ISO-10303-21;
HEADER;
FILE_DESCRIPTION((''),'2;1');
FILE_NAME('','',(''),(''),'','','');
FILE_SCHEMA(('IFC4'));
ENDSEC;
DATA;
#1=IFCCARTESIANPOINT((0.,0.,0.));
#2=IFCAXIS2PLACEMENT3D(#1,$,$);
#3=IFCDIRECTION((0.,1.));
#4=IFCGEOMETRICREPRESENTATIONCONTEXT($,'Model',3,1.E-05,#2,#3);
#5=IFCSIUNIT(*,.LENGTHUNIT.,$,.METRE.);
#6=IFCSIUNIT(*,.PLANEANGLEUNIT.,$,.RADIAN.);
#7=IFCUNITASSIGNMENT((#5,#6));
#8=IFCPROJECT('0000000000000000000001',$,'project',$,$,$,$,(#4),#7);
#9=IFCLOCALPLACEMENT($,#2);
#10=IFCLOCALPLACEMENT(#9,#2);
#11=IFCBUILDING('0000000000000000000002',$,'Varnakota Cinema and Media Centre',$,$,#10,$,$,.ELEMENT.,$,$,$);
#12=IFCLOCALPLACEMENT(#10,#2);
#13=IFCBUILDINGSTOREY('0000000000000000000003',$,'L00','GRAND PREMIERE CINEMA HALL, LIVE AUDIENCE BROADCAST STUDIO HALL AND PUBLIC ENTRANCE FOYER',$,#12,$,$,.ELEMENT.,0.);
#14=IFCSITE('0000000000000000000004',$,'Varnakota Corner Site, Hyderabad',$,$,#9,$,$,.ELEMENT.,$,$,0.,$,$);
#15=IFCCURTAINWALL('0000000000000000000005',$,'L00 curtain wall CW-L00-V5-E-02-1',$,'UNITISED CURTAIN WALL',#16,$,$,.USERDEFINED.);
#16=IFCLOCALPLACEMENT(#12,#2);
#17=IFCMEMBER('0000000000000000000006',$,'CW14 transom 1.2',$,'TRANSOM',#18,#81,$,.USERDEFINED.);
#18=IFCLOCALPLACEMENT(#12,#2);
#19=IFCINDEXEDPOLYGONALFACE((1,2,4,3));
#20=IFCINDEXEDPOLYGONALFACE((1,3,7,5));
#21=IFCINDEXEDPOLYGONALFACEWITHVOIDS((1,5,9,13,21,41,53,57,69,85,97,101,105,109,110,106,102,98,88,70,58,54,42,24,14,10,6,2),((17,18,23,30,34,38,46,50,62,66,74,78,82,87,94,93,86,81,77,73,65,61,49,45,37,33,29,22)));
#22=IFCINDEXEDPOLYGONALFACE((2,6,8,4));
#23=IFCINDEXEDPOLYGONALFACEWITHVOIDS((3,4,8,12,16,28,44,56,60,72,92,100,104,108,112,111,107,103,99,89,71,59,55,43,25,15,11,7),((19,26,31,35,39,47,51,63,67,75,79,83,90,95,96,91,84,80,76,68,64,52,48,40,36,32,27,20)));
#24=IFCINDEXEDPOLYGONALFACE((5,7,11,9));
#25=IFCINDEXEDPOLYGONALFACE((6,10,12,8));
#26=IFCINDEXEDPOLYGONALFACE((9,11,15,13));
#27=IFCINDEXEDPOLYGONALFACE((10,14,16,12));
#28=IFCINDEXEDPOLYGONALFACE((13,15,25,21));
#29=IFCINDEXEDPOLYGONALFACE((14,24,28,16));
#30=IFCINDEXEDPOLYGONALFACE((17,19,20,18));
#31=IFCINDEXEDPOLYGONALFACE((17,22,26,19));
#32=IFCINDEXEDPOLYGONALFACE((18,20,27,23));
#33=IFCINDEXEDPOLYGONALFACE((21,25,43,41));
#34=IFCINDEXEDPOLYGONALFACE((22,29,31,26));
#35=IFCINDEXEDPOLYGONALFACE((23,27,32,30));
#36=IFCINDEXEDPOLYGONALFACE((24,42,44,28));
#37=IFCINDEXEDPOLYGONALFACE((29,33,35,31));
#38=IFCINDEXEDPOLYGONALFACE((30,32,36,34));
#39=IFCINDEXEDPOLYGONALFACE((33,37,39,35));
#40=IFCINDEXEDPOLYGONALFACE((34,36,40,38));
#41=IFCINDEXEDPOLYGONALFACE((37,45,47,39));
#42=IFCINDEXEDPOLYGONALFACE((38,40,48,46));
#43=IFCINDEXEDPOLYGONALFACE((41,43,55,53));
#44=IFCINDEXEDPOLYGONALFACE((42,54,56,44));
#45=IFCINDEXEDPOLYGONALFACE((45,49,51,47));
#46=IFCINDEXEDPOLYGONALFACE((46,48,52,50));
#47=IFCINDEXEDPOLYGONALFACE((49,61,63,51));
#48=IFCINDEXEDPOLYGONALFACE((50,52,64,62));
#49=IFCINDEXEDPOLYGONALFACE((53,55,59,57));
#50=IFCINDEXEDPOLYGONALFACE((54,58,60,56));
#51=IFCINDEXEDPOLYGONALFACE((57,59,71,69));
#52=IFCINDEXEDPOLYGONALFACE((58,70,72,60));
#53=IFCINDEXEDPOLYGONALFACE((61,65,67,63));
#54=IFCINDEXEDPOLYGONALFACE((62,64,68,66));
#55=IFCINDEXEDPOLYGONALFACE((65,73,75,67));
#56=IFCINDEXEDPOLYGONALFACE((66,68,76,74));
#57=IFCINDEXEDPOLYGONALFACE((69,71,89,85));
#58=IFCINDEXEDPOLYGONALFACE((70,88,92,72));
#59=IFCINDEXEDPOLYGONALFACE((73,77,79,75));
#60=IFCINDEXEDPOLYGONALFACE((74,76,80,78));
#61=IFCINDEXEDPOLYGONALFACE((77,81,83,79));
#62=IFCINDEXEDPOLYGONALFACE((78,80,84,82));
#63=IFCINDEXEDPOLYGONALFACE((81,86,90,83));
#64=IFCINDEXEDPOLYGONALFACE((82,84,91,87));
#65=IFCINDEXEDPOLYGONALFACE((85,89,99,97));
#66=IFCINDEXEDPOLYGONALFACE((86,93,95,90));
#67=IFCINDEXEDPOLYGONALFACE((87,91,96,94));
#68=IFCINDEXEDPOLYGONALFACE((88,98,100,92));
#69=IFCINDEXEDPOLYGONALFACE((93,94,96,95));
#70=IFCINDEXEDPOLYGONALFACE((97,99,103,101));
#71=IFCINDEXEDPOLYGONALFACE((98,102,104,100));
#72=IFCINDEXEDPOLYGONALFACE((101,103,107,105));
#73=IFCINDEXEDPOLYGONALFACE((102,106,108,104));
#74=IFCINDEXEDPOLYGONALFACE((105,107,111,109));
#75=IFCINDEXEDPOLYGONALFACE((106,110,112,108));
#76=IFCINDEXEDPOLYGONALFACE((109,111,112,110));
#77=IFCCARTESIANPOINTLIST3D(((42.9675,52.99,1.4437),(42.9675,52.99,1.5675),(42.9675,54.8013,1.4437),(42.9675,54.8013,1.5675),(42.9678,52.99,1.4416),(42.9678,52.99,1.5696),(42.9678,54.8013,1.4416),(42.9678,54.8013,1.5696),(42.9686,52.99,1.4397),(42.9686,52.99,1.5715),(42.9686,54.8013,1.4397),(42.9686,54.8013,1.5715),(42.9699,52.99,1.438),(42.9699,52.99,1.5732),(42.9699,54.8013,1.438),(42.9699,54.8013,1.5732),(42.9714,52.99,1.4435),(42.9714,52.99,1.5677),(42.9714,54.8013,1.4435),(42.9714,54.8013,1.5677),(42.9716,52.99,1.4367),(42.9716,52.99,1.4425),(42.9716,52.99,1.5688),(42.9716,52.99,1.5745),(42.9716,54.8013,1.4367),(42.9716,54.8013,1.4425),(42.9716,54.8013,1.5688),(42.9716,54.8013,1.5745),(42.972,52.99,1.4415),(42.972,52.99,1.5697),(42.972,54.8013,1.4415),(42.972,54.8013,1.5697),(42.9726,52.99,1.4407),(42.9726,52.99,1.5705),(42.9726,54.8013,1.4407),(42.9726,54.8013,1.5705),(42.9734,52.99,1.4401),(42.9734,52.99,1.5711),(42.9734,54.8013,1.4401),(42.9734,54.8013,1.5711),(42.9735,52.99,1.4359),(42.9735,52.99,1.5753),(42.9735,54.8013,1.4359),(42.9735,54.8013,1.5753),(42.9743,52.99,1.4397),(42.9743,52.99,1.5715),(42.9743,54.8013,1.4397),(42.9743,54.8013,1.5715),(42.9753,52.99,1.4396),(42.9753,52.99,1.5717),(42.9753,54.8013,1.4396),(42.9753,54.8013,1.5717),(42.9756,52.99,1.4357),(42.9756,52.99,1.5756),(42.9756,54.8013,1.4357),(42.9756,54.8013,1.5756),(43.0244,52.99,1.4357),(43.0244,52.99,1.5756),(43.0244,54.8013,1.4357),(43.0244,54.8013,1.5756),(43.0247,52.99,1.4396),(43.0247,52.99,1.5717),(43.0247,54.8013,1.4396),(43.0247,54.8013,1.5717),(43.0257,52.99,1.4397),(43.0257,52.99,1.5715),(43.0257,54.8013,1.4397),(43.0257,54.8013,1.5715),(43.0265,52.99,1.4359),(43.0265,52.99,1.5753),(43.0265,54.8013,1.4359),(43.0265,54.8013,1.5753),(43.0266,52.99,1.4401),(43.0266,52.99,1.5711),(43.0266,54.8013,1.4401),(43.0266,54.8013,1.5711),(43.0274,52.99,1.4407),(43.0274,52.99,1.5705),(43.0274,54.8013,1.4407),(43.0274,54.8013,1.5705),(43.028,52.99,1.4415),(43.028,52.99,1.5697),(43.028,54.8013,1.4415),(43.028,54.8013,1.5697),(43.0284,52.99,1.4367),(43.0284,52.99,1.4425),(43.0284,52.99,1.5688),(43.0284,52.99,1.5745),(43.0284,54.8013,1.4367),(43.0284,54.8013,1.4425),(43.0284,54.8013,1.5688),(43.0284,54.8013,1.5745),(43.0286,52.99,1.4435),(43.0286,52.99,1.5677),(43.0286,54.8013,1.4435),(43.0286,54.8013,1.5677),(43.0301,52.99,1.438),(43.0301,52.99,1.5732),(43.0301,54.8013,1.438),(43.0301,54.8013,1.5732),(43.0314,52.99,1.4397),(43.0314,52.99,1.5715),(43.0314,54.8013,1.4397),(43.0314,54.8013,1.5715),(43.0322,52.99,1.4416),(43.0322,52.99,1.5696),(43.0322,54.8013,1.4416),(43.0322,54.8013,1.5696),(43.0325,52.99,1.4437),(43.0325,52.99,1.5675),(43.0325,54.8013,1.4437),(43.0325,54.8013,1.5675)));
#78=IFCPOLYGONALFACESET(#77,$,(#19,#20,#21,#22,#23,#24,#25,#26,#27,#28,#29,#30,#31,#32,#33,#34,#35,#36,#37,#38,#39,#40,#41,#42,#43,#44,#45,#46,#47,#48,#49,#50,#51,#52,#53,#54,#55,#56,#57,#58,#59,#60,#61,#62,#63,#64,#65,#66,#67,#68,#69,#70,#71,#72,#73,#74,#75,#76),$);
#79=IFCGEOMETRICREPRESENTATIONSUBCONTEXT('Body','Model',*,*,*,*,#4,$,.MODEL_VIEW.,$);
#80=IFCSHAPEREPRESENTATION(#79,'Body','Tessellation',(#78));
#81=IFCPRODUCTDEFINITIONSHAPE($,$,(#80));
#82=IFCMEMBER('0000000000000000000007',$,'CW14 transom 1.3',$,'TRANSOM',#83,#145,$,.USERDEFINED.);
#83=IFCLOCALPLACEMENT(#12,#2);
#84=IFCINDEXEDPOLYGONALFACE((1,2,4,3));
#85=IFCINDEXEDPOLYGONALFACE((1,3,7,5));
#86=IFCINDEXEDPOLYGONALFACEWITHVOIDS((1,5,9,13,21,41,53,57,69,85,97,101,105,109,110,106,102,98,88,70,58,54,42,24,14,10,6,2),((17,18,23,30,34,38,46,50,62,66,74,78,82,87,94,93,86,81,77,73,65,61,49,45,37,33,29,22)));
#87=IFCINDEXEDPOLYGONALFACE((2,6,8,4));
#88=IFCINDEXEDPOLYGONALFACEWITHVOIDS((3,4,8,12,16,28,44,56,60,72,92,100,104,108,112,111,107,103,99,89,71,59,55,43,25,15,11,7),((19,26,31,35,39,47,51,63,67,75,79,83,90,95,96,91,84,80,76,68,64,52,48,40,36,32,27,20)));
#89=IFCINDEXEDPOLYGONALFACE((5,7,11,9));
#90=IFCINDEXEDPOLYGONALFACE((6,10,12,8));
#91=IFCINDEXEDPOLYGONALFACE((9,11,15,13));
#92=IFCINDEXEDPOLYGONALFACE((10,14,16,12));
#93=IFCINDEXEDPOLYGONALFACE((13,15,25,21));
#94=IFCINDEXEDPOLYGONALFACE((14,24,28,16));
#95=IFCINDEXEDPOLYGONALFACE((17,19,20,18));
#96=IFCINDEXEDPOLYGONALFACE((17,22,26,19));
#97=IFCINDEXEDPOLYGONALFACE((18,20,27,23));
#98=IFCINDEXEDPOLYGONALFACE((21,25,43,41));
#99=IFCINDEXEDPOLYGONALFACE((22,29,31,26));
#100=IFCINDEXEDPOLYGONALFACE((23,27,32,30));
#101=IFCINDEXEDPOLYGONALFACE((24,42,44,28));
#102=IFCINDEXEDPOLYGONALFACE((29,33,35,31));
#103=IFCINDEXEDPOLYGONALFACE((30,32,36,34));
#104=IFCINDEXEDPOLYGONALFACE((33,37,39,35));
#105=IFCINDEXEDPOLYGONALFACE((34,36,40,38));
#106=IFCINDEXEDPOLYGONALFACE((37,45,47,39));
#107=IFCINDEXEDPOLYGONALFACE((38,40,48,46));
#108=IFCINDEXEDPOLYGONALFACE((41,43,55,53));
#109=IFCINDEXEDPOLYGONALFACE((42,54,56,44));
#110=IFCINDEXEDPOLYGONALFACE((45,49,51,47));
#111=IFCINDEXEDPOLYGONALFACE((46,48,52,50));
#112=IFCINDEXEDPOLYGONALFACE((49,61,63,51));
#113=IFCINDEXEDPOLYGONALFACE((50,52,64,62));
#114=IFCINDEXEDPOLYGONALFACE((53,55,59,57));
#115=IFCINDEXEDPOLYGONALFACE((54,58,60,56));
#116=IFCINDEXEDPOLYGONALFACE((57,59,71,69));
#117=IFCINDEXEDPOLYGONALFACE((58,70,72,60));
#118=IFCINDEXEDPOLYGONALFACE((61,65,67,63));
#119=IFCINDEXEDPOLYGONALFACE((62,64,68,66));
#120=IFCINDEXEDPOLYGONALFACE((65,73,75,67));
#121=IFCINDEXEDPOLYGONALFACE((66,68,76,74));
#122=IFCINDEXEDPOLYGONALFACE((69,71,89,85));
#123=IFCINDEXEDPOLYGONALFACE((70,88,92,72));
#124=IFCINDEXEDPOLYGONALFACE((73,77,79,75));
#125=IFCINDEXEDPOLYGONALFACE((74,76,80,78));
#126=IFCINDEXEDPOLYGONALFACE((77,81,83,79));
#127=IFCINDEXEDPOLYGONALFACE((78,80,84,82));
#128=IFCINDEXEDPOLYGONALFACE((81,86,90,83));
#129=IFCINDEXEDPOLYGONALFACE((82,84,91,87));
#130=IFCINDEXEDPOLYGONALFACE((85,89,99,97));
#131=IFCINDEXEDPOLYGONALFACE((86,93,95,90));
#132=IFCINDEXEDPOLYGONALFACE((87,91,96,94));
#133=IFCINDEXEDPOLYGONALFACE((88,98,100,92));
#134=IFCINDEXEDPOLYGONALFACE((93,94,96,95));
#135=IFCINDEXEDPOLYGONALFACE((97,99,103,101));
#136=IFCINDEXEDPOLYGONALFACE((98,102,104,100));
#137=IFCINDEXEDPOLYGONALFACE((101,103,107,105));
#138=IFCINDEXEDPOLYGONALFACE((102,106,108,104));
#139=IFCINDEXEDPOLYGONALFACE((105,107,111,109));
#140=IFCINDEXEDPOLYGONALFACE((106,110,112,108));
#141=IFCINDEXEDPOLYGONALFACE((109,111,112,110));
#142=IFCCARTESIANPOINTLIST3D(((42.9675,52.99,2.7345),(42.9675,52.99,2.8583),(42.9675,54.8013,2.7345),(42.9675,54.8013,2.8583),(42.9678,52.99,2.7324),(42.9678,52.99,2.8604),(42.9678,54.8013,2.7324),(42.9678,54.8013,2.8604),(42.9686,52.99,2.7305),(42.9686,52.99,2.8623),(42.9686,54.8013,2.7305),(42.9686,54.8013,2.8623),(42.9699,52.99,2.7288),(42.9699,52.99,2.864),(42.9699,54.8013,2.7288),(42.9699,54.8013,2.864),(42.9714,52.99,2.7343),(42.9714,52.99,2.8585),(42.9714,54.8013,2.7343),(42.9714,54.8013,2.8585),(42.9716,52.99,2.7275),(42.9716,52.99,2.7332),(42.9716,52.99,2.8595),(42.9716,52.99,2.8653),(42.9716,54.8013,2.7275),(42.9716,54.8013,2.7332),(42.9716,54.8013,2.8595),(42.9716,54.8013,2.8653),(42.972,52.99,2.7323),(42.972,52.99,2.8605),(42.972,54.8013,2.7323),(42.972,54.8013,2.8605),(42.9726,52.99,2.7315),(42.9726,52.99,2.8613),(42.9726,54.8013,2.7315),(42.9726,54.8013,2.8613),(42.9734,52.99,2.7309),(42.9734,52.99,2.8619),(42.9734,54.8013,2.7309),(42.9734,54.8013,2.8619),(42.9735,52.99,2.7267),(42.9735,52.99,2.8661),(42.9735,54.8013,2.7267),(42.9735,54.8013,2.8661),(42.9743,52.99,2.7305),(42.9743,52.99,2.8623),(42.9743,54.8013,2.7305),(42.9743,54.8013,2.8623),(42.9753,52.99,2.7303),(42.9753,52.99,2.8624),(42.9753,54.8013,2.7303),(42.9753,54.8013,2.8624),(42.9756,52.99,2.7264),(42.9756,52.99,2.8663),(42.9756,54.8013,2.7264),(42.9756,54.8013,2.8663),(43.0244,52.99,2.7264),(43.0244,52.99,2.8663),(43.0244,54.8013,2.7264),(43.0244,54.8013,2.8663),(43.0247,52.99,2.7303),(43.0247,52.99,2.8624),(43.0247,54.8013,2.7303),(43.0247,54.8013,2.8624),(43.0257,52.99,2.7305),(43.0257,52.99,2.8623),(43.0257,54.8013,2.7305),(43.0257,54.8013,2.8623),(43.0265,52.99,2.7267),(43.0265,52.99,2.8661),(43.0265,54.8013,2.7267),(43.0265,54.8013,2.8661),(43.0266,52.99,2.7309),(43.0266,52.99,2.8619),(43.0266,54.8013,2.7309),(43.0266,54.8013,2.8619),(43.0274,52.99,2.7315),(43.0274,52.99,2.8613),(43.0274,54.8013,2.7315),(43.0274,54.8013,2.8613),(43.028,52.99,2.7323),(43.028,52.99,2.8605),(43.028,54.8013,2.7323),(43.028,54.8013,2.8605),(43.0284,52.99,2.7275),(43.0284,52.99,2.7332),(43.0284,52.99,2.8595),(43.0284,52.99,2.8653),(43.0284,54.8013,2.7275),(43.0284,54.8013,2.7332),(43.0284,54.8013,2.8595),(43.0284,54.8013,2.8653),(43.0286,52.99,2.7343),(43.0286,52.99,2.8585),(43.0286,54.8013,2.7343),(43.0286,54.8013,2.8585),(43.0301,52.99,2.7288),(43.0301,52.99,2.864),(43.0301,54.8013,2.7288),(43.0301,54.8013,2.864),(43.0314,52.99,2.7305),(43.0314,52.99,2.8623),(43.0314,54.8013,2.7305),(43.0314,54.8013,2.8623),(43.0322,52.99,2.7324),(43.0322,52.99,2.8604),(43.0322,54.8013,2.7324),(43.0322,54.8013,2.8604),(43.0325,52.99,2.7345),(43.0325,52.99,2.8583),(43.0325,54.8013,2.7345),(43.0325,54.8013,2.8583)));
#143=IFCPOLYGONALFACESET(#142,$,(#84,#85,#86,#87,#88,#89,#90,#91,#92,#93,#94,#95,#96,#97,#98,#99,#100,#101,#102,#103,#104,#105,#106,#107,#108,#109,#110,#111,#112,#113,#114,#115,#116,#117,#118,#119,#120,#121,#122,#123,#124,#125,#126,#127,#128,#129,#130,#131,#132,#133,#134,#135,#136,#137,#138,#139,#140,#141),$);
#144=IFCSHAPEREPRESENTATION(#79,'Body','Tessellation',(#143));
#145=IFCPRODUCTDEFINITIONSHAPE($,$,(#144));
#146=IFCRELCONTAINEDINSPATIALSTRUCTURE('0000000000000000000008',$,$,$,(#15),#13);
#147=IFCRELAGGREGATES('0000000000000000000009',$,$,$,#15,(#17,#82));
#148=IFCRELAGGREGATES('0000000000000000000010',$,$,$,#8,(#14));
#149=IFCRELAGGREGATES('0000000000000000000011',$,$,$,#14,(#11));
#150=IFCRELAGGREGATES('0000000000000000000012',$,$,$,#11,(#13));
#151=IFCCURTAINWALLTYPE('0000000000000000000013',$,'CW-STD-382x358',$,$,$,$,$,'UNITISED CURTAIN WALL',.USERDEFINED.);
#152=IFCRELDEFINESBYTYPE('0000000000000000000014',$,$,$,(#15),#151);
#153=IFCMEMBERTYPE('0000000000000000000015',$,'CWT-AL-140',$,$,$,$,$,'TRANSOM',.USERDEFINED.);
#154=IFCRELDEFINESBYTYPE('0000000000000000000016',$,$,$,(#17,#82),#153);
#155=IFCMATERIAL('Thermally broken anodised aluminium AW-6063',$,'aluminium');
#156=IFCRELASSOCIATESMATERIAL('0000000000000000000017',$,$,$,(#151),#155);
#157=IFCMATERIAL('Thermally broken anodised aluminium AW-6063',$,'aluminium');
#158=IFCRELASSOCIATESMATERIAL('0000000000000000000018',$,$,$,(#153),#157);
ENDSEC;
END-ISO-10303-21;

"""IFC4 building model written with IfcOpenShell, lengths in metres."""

from ifc_helpers import new_model, si_unit, direction, frame, origin, origin_2d, place, context, subcontext, project, spatial, hollow_rectangle, extrude, material, material_profile, profile_set, type_object, element, aggregate, save


model = new_model("IFC4")

# Units and contexts
model_context = context("Model", 3, precision=1e-05, world=origin(), true_north=direction((0.0, 1.0)))
body_context = subcontext(model_context, "Body", "Model", "MODEL_VIEW")
ifc_project = project(units=[si_unit("LENGTHUNIT", "METRE"), si_unit("PLANEANGLEUNIT", "RADIAN")], contexts=[model_context])

# Site, building, storey
site_placement = place(None, origin())
site = spatial("IfcSite", under=ifc_project, at=site_placement, Name="Varnakota Corner Site, Hyderabad", CompositionType="ELEMENT", RefElevation=0.0)
building_placement = place(site_placement, origin())
building = spatial("IfcBuilding", under=site, at=building_placement, Name="Varnakota Cinema and Media Centre", CompositionType="ELEMENT")
storey_placement = place(building_placement, origin())
storey = spatial("IfcBuildingStorey", under=building, at=storey_placement, Name="L00", Description="GRAND PREMIERE CINEMA HALL, LIVE AUDIENCE BROADCAST STUDIO HALL AND PUBLIC ENTRANCE FOYER", CompositionType="ELEMENT", Elevation=0.0)

# Curtain wall, members
ifc_material_1 = material(Name="Thermally broken anodised aluminium AW-6063", Category="aluminium")
curtain_wall_type = type_object("IfcCurtainWallType", Name="CW-STD-382x358", ElementType="UNITISED CURTAIN WALL", PredefinedType="USERDEFINED", material=ifc_material_1)
curtain_wall_placement = place(storey_placement, origin())
curtain_wall = element("IfcCurtainWall", 1, at=curtain_wall_placement, inside=storey, type_object=curtain_wall_type, Name="L00 curtain wall CW-L00-V5-E-02-1", ObjectType="UNITISED CURTAIN WALL", PredefinedType="USERDEFINED")
ifc_material_2 = material(Name="Thermally broken anodised aluminium AW-6063", Category="aluminium")
ifc_material_profile_1 = material_profile(ifc_material_2, hollow_rectangle(XDim=0.0649, YDim=0.1399, WallThickness=0.0039, InnerFilletRadius=0.0039, OuterFilletRadius=0.0081, at=origin_2d()), Name="AL-TRANSOM 140x65x4")
ifc_profile_set_1 = profile_set([ifc_material_profile_1], Name="Thermally broken anodised aluminium AW-6063")
member_type_1 = type_object("IfcMemberType", Name="CWT-AL-140", ElementType="TRANSOM", PredefinedType="USERDEFINED", material=ifc_profile_set_1)
member_1_placement = place(storey_placement, frame((43.0, 52.99, 1.5056), z_axis=(0.0, 1.0, 0.0), x_axis=(-1.0, 0.0, 0.0)))
member_1 = element("IfcMember", 2, at=member_1_placement, type_object=member_type_1, Name="CW14 transom 1.2", ObjectType="TRANSOM", PredefinedType="USERDEFINED", context=body_context, shape_type="SweptSolid", body=[
    extrude(hollow_rectangle(XDim=0.0649, YDim=0.1399, WallThickness=0.0039, InnerFilletRadius=0.0039, OuterFilletRadius=0.0081, at=origin_2d()), origin(), (0.0, 0.0, 1.0), 1.8113),
])
member_2_placement = place(storey_placement, frame((43.0, 52.99, 2.7964), z_axis=(0.0, 1.0, 0.0), x_axis=(-1.0, 0.0, 0.0)))
member_2 = element("IfcMember", 3, at=member_2_placement, type_object=member_type_1, Name="CW14 transom 1.3", ObjectType="TRANSOM", PredefinedType="USERDEFINED", context=body_context, shape_type="SweptSolid", body=[
    extrude(hollow_rectangle(XDim=0.0649, YDim=0.1399, WallThickness=0.0039, InnerFilletRadius=0.0039, OuterFilletRadius=0.0081, at=origin_2d()), origin(), (0.0, 0.0, 1.0), 1.8113),
])
aggregate(curtain_wall, [member_1, member_2])

save(model, "model.ifc")
